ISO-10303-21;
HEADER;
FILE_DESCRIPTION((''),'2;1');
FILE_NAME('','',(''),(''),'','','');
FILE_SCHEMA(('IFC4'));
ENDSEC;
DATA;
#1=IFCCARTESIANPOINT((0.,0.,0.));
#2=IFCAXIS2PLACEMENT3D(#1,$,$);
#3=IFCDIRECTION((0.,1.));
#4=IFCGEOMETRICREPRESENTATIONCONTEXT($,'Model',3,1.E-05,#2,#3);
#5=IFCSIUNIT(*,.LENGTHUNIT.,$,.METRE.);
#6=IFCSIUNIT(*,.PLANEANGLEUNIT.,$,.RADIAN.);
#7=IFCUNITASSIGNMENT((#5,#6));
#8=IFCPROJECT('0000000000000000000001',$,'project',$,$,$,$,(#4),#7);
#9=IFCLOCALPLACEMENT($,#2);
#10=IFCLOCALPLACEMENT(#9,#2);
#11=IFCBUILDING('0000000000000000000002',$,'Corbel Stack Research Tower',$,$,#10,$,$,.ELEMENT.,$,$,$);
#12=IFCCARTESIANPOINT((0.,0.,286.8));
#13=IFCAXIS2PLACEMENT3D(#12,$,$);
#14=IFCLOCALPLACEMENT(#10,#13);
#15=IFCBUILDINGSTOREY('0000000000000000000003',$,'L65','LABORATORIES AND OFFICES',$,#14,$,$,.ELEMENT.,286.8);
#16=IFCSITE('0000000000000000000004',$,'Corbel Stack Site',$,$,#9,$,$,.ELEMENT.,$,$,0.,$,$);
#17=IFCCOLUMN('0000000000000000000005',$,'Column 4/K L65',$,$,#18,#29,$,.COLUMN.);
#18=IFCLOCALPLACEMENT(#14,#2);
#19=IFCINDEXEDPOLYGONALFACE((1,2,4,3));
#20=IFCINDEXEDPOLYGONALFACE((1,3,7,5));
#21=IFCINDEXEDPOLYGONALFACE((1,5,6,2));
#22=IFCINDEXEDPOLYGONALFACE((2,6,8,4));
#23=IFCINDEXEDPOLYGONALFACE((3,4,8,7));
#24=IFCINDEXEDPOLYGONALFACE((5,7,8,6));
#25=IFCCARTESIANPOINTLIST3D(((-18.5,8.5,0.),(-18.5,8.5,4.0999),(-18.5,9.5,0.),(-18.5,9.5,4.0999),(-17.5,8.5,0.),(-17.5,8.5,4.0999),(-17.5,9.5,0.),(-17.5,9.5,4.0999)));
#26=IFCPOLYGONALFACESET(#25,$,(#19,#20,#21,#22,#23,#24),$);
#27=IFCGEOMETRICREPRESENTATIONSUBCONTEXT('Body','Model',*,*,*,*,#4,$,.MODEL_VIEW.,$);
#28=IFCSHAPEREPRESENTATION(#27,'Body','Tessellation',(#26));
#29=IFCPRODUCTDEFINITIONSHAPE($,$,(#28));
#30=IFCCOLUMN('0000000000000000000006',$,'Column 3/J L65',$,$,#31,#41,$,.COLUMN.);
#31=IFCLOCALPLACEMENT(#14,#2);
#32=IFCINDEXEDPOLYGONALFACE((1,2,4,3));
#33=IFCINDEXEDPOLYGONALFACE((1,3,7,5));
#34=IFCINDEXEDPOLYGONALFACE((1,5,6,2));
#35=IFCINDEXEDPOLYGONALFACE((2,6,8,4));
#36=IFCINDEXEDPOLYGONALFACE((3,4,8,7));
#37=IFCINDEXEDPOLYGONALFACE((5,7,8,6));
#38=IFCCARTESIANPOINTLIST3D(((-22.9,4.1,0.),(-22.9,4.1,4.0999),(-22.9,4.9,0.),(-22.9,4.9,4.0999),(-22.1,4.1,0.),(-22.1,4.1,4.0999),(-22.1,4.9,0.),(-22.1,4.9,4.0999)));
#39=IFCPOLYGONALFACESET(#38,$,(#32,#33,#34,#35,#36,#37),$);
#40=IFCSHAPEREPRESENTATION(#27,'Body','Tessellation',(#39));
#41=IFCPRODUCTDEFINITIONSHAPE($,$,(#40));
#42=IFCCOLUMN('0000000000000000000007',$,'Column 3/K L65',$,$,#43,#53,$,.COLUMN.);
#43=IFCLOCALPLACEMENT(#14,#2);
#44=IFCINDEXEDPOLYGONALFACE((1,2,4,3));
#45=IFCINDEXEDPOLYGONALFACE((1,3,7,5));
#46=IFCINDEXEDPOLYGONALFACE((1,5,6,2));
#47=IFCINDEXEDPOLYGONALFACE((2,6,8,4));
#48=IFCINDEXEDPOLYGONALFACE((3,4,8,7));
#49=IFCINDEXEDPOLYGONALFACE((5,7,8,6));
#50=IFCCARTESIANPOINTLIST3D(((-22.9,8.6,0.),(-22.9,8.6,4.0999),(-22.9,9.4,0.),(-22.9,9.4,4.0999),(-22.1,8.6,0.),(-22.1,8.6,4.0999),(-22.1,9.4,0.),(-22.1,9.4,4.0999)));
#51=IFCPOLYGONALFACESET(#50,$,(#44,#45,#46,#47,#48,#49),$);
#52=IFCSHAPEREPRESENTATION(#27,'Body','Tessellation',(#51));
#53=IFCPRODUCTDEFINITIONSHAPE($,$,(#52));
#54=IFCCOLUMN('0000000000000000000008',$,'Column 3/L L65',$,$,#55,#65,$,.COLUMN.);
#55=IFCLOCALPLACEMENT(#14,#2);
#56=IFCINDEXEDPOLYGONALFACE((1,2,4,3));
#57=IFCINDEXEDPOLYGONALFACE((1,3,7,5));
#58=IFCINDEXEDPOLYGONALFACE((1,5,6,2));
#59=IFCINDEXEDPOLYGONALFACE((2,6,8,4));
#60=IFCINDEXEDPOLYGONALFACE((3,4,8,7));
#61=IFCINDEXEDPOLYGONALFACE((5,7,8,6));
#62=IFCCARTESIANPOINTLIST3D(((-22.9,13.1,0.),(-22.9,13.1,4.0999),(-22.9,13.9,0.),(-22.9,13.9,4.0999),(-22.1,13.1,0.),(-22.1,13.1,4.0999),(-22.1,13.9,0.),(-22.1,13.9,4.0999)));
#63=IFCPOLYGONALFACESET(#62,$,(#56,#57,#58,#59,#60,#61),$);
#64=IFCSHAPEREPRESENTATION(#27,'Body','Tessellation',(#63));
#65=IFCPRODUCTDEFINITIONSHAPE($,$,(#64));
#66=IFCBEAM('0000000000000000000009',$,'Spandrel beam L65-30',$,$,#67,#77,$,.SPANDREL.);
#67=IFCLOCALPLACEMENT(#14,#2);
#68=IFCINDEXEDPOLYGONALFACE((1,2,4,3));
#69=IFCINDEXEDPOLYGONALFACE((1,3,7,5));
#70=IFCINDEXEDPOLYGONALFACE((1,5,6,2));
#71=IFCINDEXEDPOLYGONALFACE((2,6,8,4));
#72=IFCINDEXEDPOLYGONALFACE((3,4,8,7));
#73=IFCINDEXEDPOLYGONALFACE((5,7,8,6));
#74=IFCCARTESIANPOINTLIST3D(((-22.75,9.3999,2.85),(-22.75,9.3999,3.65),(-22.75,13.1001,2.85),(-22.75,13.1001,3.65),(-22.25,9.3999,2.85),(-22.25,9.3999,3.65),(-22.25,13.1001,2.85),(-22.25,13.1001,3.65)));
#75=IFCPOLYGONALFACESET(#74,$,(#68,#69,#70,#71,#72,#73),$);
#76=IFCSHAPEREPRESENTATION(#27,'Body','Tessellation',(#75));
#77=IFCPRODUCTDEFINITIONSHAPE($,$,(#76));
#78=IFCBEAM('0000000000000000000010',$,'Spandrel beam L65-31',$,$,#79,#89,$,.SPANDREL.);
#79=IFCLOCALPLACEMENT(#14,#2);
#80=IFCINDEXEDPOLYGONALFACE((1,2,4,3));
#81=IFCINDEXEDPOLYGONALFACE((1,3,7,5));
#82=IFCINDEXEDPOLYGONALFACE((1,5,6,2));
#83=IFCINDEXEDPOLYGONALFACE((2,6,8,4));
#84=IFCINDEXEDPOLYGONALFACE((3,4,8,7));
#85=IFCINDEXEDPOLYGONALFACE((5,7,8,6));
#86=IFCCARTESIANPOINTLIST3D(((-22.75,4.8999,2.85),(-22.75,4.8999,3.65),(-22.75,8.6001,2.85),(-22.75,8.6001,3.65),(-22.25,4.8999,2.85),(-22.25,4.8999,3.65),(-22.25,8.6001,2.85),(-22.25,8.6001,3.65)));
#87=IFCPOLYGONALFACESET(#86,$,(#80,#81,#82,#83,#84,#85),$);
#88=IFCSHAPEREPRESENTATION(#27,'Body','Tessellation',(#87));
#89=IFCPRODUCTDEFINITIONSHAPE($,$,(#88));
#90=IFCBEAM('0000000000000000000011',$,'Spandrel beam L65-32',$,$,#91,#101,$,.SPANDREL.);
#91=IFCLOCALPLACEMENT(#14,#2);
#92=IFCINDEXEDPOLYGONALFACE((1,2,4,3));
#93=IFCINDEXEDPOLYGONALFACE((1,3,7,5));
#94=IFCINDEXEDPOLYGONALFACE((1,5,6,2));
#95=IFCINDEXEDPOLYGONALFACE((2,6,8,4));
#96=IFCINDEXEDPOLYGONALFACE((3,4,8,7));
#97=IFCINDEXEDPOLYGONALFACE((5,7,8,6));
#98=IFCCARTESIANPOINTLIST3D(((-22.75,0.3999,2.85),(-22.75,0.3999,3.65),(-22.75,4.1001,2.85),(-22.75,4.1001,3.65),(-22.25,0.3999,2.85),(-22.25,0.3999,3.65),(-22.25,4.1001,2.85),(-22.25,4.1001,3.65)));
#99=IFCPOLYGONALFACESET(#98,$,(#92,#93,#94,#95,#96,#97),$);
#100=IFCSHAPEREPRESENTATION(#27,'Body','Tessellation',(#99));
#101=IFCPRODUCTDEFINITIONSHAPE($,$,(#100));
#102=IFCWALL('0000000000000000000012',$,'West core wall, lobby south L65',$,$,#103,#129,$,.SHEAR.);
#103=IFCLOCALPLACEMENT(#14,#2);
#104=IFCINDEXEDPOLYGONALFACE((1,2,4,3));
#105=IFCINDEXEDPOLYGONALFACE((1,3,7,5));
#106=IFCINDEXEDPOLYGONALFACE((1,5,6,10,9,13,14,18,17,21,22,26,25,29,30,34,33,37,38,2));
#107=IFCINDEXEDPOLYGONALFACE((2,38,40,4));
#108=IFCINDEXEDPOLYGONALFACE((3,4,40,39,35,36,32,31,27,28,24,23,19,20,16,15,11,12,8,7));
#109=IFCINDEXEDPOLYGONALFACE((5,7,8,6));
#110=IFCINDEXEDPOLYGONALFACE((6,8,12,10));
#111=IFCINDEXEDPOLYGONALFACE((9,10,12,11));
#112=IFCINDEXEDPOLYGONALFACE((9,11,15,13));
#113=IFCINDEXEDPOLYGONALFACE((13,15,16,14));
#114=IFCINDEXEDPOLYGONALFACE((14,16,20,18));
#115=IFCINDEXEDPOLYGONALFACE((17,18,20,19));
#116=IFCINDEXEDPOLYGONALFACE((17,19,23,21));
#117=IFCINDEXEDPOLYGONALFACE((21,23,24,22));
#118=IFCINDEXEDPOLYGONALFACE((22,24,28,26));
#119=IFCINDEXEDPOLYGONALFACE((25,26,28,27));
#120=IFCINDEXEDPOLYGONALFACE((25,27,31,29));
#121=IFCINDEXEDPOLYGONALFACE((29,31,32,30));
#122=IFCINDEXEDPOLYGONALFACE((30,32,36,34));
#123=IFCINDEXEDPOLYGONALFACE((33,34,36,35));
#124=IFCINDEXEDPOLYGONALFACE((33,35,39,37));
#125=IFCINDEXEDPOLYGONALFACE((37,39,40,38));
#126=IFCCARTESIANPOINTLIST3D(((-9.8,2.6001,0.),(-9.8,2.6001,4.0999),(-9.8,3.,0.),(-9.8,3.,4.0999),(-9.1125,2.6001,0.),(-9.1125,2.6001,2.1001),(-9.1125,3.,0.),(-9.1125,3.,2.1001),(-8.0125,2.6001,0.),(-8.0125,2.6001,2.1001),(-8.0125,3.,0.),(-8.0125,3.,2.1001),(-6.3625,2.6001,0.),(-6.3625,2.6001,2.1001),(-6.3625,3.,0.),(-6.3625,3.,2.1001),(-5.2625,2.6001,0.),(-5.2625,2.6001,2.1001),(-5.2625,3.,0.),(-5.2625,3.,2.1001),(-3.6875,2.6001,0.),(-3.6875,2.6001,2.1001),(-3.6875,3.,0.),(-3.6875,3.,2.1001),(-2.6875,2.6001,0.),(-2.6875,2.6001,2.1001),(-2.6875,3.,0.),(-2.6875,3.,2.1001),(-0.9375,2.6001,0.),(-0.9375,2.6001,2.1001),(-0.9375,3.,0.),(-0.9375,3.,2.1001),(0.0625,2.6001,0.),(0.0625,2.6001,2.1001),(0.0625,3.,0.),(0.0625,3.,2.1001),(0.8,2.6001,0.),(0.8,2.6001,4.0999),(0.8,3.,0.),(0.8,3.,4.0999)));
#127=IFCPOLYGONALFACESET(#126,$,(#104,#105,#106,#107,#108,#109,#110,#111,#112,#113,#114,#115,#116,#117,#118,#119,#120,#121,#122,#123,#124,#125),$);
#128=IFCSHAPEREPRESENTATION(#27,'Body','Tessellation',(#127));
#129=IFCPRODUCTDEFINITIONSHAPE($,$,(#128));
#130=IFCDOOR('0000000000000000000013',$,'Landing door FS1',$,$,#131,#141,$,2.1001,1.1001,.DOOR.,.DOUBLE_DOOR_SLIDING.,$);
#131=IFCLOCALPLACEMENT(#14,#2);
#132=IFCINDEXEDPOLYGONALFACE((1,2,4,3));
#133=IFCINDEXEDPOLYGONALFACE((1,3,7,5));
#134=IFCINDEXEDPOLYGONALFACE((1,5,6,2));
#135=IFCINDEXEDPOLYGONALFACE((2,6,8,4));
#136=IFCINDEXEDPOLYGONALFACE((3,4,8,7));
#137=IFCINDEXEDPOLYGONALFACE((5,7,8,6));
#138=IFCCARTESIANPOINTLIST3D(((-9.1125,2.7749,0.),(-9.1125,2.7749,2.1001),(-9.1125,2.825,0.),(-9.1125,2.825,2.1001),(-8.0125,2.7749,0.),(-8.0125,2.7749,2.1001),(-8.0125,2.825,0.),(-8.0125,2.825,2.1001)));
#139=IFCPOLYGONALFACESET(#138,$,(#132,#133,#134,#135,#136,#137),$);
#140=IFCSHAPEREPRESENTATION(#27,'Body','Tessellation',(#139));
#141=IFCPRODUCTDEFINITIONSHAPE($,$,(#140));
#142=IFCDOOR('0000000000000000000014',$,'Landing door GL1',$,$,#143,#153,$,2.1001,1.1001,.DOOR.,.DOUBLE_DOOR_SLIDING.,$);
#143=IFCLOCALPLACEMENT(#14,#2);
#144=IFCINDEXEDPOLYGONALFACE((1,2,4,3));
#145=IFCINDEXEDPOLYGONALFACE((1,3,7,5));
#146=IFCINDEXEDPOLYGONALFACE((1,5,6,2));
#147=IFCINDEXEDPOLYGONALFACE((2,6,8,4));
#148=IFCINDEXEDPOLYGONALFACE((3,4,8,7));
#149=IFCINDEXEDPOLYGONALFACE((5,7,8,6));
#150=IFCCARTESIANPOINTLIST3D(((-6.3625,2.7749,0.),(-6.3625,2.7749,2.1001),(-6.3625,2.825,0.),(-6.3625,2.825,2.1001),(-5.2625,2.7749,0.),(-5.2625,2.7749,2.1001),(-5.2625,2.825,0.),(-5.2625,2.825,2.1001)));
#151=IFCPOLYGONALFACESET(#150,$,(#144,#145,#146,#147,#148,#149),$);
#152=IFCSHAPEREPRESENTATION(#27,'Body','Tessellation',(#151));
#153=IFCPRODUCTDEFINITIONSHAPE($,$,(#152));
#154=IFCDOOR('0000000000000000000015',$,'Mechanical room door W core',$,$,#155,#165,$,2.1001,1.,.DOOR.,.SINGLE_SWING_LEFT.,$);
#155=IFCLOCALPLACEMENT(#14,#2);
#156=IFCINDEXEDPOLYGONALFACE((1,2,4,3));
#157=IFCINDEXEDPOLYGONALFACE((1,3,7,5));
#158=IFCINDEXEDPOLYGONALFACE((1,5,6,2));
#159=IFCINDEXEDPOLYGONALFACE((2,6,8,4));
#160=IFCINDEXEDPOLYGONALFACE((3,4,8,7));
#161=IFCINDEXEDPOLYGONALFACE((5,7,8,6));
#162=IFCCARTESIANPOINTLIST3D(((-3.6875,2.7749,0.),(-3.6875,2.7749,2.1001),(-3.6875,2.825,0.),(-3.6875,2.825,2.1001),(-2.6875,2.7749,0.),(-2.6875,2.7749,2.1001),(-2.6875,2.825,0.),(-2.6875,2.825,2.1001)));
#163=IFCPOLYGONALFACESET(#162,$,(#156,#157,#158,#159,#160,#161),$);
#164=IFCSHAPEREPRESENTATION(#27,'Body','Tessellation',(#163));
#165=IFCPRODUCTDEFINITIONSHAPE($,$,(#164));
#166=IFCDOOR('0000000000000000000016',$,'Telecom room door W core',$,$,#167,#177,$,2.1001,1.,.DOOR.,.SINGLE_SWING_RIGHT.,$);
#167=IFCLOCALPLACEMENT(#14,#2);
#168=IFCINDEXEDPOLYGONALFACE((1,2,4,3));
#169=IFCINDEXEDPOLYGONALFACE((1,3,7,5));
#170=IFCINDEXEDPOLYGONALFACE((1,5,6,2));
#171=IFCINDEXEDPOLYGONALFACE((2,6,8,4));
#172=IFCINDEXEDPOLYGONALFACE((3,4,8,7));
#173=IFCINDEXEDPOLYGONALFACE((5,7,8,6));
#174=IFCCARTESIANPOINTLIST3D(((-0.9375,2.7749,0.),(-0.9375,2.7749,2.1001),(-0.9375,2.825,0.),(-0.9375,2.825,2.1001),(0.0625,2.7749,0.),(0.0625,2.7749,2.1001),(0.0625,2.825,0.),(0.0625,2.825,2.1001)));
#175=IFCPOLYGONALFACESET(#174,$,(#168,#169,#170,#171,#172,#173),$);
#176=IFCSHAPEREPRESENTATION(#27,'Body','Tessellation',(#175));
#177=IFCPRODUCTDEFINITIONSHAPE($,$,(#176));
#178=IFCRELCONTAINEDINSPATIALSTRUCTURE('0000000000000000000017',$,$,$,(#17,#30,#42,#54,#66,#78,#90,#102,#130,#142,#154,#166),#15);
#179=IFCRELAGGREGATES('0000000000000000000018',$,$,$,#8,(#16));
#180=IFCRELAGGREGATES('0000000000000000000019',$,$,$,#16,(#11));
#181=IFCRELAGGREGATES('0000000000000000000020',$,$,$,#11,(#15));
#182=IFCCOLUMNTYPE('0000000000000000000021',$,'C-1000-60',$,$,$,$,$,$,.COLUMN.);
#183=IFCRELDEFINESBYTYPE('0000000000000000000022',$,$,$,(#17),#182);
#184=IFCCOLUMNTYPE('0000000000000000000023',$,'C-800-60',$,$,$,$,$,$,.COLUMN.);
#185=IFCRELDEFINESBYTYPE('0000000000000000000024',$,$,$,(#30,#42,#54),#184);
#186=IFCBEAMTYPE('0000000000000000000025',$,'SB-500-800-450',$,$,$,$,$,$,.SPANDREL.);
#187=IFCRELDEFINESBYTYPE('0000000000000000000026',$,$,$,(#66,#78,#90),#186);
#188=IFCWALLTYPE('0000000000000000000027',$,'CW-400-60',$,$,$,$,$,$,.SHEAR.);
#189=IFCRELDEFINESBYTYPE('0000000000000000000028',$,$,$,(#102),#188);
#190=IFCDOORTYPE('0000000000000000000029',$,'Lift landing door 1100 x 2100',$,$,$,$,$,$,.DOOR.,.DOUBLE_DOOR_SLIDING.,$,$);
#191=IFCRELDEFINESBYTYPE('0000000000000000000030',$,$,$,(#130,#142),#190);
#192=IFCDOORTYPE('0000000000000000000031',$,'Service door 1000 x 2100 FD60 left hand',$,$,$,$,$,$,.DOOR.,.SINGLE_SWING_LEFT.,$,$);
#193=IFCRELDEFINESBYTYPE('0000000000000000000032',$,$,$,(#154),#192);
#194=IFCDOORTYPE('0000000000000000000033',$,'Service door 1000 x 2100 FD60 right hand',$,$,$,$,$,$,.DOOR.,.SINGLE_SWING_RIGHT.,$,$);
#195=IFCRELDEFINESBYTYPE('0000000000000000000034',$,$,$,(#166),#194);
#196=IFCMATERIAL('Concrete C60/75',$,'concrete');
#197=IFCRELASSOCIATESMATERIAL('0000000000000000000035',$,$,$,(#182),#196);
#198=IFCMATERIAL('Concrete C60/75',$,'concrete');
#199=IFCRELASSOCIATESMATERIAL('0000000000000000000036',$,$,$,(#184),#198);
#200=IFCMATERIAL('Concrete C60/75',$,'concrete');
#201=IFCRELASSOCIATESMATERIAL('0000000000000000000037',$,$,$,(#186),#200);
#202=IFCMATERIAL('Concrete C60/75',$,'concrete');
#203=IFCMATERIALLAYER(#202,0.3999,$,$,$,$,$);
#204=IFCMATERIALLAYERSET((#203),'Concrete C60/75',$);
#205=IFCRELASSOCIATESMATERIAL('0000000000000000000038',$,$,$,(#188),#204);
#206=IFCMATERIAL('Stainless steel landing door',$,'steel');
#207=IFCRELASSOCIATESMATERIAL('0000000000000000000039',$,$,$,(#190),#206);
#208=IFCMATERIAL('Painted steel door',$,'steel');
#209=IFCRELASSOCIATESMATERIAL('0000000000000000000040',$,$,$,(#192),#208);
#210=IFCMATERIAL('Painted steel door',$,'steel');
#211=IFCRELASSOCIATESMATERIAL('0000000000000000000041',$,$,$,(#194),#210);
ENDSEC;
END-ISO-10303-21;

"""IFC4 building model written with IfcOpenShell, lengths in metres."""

from ifc_helpers import new_model, si_unit, direction, frame, frame_2d, origin, origin_2d, place, context, subcontext, project, spatial, rectangle, extrude, material, layer, layer_set, material_profile, profile_set, type_object, element, fill, save


model = new_model("IFC4")

# Units and contexts
model_context = context("Model", 3, precision=1e-05, world=origin(), true_north=direction((0.0, 1.0)))
body_context = subcontext(model_context, "Body", "Model", "MODEL_VIEW")
ifc_project = project(units=[si_unit("LENGTHUNIT", "METRE"), si_unit("PLANEANGLEUNIT", "RADIAN")], contexts=[model_context])

# Site, building, storey
site_placement = place(None, origin())
site = spatial("IfcSite", under=ifc_project, at=site_placement, Name="Corbel Stack Site", CompositionType="ELEMENT", RefElevation=0.0)
building_placement = place(site_placement, origin())
building = spatial("IfcBuilding", under=site, at=building_placement, Name="Corbel Stack Research Tower", CompositionType="ELEMENT")
storey_placement = place(building_placement, frame((0.0, 0.0, 286.8)))
storey = spatial("IfcBuildingStorey", under=building, at=storey_placement, Name="L65", Description="LABORATORIES AND OFFICES", CompositionType="ELEMENT", Elevation=286.8)

# Columns
ifc_material_1 = material(Name="Concrete C60/75", Category="concrete")
ifc_material_profile_1 = material_profile(ifc_material_1, rectangle(XDim=1.0, YDim=1.0, at=origin_2d()), Name="RC 1000 x 1000")
ifc_profile_set_1 = profile_set([ifc_material_profile_1], Name="Concrete C60/75")
column_type_1 = type_object("IfcColumnType", Name="C-1000-60", PredefinedType="COLUMN", material=ifc_profile_set_1)
column_placement = place(storey_placement, frame((-18.0, 9.0, 0.0), z_axis=(0.0, 0.0, 1.0), x_axis=(1.0, 0.0, 0.0)))
element("IfcColumn", 1, at=column_placement, inside=storey, type_object=column_type_1, Name="Column 4/K L65", PredefinedType="COLUMN", context=body_context, shape_type="SweptSolid", body=[
    extrude(rectangle(XDim=1.0, YDim=1.0, at=origin_2d()), origin(), (0.0, 0.0, 1.0), 4.0999),
])
ifc_material_2 = material(Name="Concrete C60/75", Category="concrete")
ifc_material_profile_2 = material_profile(ifc_material_2, rectangle(XDim=0.8, YDim=0.8, at=origin_2d()), Name="RC 800 x 800")
ifc_profile_set_2 = profile_set([ifc_material_profile_2], Name="Concrete C60/75")
column_type_2 = type_object("IfcColumnType", Name="C-800-60", PredefinedType="COLUMN", material=ifc_profile_set_2)
for number, where, z_axis, x_axis, name in (
    (2, (-22.5, 4.5, 0.0), (0.0, 0.0, 1.0), (1.0, 0.0, 0.0), "Column 3/J L65"),
    (3, (-22.5, 9.0, 0.0), (0.0, 0.0, 1.0), (1.0, 0.0, 0.0), "Column 3/K L65"),
    (4, (-22.5, 13.5, 0.0), (0.0, 0.0, 1.0), (1.0, 0.0, 0.0), "Column 3/L L65"),
):
    element("IfcColumn", number, at=place(storey_placement, frame(where, z_axis=z_axis, x_axis=x_axis)), inside=storey, type_object=column_type_2, Name=name, PredefinedType="COLUMN", context=body_context, shape_type="SweptSolid", body=[
        extrude(rectangle(XDim=0.8, YDim=0.8, at=origin_2d()), origin(), (0.0, 0.0, 1.0), 4.0999),
    ])

# Beams
ifc_material_3 = material(Name="Concrete C60/75", Category="concrete")
ifc_material_profile_3 = material_profile(ifc_material_3, rectangle(XDim=0.5, YDim=0.8, at=origin_2d()), Name="RC 500 x 800")
ifc_profile_set_3 = profile_set([ifc_material_profile_3], Name="Concrete C60/75")
beam_type = type_object("IfcBeamType", Name="SB-500-800-450", PredefinedType="SPANDREL", material=ifc_profile_set_3)
for number, where, z_axis, x_axis, name in (
    (5, (-22.5, 13.1001, 3.25), (0.0, -1.0, 0.0), (1.0, 0.0, 0.0), "Spandrel beam L65-30"),
    (6, (-22.5, 8.6001, 3.25), (0.0, -1.0, 0.0), (1.0, 0.0, 0.0), "Spandrel beam L65-31"),
    (7, (-22.5, 4.1001, 3.25), (0.0, -1.0, 0.0), (1.0, 0.0, 0.0), "Spandrel beam L65-32"),
):
    element("IfcBeam", number, at=place(storey_placement, frame(where, z_axis=z_axis, x_axis=x_axis)), inside=storey, type_object=beam_type, Name=name, PredefinedType="SPANDREL", context=body_context, shape_type="SweptSolid", body=[
        extrude(rectangle(XDim=0.5, YDim=0.8, at=origin_2d()), origin(), (0.0, 0.0, 1.0), 3.7002),
    ])

# Wall, openings, doors
ifc_material_4 = material(Name="Concrete C60/75", Category="concrete")
ifc_layer_1 = layer(ifc_material_4, 0.3999)
ifc_layer_set_1 = layer_set([ifc_layer_1], Name="Concrete C60/75")
wall_type_1 = type_object("IfcWallType", Name="CW-400-60", PredefinedType="SHEAR", material=ifc_layer_set_1)
wall_1_placement = place(storey_placement, frame((-9.8, 2.8, 0.0), z_axis=(0.0, 0.0, 1.0), x_axis=(1.0, 0.0, 0.0)))
wall_1 = element("IfcWall", 8, at=wall_1_placement, inside=storey, type_object=wall_type_1, Name="West core wall, lobby south L65", PredefinedType="SHEAR", context=body_context, shape_type="SweptSolid", body=[
    extrude(rectangle(XDim=10.6001, YDim=0.3999, at=frame_2d((5.3, 0.0))), origin(), (0.0, 0.0, 1.0), 4.0999),
])
opening_1_placement = place(wall_1_placement, frame((0.6875, 0.0, 0.0)))
opening_1 = element("IfcOpeningElement", 9, at=opening_1_placement, cuts=wall_1, PredefinedType="OPENING", context=body_context, shape_type="SweptSolid", body=[
    extrude(rectangle(XDim=1.1001, YDim=2.1001, at=frame_2d((0.55, 1.05))), frame((0.0, 0.21, 0.0), z_axis=(0.0, -1.0, 0.0), x_axis=(1.0, 0.0, 0.0)), (0.0, 0.0, 1.0), 0.4199),
])
opening_2_placement = place(wall_1_placement, frame((3.4375, 0.0, 0.0)))
opening_2 = element("IfcOpeningElement", 10, at=opening_2_placement, cuts=wall_1, PredefinedType="OPENING", context=body_context, shape_type="SweptSolid", body=[
    extrude(rectangle(XDim=1.1001, YDim=2.1001, at=frame_2d((0.55, 1.05))), frame((0.0, 0.21, 0.0), z_axis=(0.0, -1.0, 0.0), x_axis=(1.0, 0.0, 0.0)), (0.0, 0.0, 1.0), 0.4199),
])
opening_3_placement = place(wall_1_placement, frame((6.1125, 0.0, 0.0)))
opening_3 = element("IfcOpeningElement", 11, at=opening_3_placement, cuts=wall_1, PredefinedType="OPENING", context=body_context, shape_type="SweptSolid", body=[
    extrude(rectangle(XDim=1.0, YDim=2.1001, at=frame_2d((0.5, 1.05))), frame((0.0, 0.21, 0.0), z_axis=(0.0, -1.0, 0.0), x_axis=(1.0, 0.0, 0.0)), (0.0, 0.0, 1.0), 0.4199),
])
opening_4_placement = place(wall_1_placement, frame((8.8625, 0.0, 0.0)))
opening_4 = element("IfcOpeningElement", 12, at=opening_4_placement, cuts=wall_1, PredefinedType="OPENING", context=body_context, shape_type="SweptSolid", body=[
    extrude(rectangle(XDim=1.0, YDim=2.1001, at=frame_2d((0.5, 1.05))), frame((0.0, 0.21, 0.0), z_axis=(0.0, -1.0, 0.0), x_axis=(1.0, 0.0, 0.0)), (0.0, 0.0, 1.0), 0.4199),
])
ifc_material_5 = material(Name="Stainless steel landing door", Category="steel")
door_type_1 = type_object("IfcDoorType", Name="Lift landing door 1100 x 2100", OperationType="DOUBLE_DOOR_SLIDING", PredefinedType="DOOR", material=ifc_material_5)
door_1_placement = place(opening_1_placement, origin())
door_1 = element("IfcDoor", 13, at=door_1_placement, inside=storey, type_object=door_type_1, Name="Landing door FS1", OperationType="DOUBLE_DOOR_SLIDING", OverallHeight=2.1001, OverallWidth=1.1001, PredefinedType="DOOR", context=body_context, shape_type="SweptSolid", body=[
    extrude(rectangle(XDim=1.1001, YDim=2.1001, at=frame_2d((0.55, 1.05))), frame((0.0, 0.0249, 0.0), z_axis=(0.0, -1.0, 0.0), x_axis=(1.0, 0.0, 0.0)), (0.0, 0.0, 1.0), 0.05),
])
fill(opening_1, door_1)
door_2_placement = place(opening_2_placement, origin())
door_2 = element("IfcDoor", 14, at=door_2_placement, inside=storey, type_object=door_type_1, Name="Landing door GL1", OperationType="DOUBLE_DOOR_SLIDING", OverallHeight=2.1001, OverallWidth=1.1001, PredefinedType="DOOR", context=body_context, shape_type="SweptSolid", body=[
    extrude(rectangle(XDim=1.1001, YDim=2.1001, at=frame_2d((0.55, 1.05))), frame((0.0, 0.0249, 0.0), z_axis=(0.0, -1.0, 0.0), x_axis=(1.0, 0.0, 0.0)), (0.0, 0.0, 1.0), 0.05),
])
fill(opening_2, door_2)
ifc_material_6 = material(Name="Painted steel door", Category="steel")
door_type_2 = type_object("IfcDoorType", Name="Service door 1000 x 2100 FD60 left hand", OperationType="SINGLE_SWING_LEFT", PredefinedType="DOOR", material=ifc_material_6)
door_3_placement = place(opening_3_placement, origin())
door_3 = element("IfcDoor", 15, at=door_3_placement, inside=storey, type_object=door_type_2, Name="Mechanical room door W core", OperationType="SINGLE_SWING_LEFT", OverallHeight=2.1001, OverallWidth=1.0, PredefinedType="DOOR", context=body_context, shape_type="SweptSolid", body=[
    extrude(rectangle(XDim=1.0, YDim=2.1001, at=frame_2d((0.5, 1.05))), frame((0.0, 0.0249, 0.0), z_axis=(0.0, -1.0, 0.0), x_axis=(1.0, 0.0, 0.0)), (0.0, 0.0, 1.0), 0.05),
])
fill(opening_3, door_3)
ifc_material_7 = material(Name="Painted steel door", Category="steel")
door_type_3 = type_object("IfcDoorType", Name="Service door 1000 x 2100 FD60 right hand", OperationType="SINGLE_SWING_RIGHT", PredefinedType="DOOR", material=ifc_material_7)
door_4_placement = place(opening_4_placement, origin())
door_4 = element("IfcDoor", 16, at=door_4_placement, inside=storey, type_object=door_type_3, Name="Telecom room door W core", OperationType="SINGLE_SWING_RIGHT", OverallHeight=2.1001, OverallWidth=1.0, PredefinedType="DOOR", context=body_context, shape_type="SweptSolid", body=[
    extrude(rectangle(XDim=1.0, YDim=2.1001, at=frame_2d((0.5, 1.05))), frame((0.0, 0.0249, 0.0), z_axis=(0.0, -1.0, 0.0), x_axis=(1.0, 0.0, 0.0)), (0.0, 0.0, 1.0), 0.05),
])
fill(opening_4, door_4)

save(model, "model.ifc")
